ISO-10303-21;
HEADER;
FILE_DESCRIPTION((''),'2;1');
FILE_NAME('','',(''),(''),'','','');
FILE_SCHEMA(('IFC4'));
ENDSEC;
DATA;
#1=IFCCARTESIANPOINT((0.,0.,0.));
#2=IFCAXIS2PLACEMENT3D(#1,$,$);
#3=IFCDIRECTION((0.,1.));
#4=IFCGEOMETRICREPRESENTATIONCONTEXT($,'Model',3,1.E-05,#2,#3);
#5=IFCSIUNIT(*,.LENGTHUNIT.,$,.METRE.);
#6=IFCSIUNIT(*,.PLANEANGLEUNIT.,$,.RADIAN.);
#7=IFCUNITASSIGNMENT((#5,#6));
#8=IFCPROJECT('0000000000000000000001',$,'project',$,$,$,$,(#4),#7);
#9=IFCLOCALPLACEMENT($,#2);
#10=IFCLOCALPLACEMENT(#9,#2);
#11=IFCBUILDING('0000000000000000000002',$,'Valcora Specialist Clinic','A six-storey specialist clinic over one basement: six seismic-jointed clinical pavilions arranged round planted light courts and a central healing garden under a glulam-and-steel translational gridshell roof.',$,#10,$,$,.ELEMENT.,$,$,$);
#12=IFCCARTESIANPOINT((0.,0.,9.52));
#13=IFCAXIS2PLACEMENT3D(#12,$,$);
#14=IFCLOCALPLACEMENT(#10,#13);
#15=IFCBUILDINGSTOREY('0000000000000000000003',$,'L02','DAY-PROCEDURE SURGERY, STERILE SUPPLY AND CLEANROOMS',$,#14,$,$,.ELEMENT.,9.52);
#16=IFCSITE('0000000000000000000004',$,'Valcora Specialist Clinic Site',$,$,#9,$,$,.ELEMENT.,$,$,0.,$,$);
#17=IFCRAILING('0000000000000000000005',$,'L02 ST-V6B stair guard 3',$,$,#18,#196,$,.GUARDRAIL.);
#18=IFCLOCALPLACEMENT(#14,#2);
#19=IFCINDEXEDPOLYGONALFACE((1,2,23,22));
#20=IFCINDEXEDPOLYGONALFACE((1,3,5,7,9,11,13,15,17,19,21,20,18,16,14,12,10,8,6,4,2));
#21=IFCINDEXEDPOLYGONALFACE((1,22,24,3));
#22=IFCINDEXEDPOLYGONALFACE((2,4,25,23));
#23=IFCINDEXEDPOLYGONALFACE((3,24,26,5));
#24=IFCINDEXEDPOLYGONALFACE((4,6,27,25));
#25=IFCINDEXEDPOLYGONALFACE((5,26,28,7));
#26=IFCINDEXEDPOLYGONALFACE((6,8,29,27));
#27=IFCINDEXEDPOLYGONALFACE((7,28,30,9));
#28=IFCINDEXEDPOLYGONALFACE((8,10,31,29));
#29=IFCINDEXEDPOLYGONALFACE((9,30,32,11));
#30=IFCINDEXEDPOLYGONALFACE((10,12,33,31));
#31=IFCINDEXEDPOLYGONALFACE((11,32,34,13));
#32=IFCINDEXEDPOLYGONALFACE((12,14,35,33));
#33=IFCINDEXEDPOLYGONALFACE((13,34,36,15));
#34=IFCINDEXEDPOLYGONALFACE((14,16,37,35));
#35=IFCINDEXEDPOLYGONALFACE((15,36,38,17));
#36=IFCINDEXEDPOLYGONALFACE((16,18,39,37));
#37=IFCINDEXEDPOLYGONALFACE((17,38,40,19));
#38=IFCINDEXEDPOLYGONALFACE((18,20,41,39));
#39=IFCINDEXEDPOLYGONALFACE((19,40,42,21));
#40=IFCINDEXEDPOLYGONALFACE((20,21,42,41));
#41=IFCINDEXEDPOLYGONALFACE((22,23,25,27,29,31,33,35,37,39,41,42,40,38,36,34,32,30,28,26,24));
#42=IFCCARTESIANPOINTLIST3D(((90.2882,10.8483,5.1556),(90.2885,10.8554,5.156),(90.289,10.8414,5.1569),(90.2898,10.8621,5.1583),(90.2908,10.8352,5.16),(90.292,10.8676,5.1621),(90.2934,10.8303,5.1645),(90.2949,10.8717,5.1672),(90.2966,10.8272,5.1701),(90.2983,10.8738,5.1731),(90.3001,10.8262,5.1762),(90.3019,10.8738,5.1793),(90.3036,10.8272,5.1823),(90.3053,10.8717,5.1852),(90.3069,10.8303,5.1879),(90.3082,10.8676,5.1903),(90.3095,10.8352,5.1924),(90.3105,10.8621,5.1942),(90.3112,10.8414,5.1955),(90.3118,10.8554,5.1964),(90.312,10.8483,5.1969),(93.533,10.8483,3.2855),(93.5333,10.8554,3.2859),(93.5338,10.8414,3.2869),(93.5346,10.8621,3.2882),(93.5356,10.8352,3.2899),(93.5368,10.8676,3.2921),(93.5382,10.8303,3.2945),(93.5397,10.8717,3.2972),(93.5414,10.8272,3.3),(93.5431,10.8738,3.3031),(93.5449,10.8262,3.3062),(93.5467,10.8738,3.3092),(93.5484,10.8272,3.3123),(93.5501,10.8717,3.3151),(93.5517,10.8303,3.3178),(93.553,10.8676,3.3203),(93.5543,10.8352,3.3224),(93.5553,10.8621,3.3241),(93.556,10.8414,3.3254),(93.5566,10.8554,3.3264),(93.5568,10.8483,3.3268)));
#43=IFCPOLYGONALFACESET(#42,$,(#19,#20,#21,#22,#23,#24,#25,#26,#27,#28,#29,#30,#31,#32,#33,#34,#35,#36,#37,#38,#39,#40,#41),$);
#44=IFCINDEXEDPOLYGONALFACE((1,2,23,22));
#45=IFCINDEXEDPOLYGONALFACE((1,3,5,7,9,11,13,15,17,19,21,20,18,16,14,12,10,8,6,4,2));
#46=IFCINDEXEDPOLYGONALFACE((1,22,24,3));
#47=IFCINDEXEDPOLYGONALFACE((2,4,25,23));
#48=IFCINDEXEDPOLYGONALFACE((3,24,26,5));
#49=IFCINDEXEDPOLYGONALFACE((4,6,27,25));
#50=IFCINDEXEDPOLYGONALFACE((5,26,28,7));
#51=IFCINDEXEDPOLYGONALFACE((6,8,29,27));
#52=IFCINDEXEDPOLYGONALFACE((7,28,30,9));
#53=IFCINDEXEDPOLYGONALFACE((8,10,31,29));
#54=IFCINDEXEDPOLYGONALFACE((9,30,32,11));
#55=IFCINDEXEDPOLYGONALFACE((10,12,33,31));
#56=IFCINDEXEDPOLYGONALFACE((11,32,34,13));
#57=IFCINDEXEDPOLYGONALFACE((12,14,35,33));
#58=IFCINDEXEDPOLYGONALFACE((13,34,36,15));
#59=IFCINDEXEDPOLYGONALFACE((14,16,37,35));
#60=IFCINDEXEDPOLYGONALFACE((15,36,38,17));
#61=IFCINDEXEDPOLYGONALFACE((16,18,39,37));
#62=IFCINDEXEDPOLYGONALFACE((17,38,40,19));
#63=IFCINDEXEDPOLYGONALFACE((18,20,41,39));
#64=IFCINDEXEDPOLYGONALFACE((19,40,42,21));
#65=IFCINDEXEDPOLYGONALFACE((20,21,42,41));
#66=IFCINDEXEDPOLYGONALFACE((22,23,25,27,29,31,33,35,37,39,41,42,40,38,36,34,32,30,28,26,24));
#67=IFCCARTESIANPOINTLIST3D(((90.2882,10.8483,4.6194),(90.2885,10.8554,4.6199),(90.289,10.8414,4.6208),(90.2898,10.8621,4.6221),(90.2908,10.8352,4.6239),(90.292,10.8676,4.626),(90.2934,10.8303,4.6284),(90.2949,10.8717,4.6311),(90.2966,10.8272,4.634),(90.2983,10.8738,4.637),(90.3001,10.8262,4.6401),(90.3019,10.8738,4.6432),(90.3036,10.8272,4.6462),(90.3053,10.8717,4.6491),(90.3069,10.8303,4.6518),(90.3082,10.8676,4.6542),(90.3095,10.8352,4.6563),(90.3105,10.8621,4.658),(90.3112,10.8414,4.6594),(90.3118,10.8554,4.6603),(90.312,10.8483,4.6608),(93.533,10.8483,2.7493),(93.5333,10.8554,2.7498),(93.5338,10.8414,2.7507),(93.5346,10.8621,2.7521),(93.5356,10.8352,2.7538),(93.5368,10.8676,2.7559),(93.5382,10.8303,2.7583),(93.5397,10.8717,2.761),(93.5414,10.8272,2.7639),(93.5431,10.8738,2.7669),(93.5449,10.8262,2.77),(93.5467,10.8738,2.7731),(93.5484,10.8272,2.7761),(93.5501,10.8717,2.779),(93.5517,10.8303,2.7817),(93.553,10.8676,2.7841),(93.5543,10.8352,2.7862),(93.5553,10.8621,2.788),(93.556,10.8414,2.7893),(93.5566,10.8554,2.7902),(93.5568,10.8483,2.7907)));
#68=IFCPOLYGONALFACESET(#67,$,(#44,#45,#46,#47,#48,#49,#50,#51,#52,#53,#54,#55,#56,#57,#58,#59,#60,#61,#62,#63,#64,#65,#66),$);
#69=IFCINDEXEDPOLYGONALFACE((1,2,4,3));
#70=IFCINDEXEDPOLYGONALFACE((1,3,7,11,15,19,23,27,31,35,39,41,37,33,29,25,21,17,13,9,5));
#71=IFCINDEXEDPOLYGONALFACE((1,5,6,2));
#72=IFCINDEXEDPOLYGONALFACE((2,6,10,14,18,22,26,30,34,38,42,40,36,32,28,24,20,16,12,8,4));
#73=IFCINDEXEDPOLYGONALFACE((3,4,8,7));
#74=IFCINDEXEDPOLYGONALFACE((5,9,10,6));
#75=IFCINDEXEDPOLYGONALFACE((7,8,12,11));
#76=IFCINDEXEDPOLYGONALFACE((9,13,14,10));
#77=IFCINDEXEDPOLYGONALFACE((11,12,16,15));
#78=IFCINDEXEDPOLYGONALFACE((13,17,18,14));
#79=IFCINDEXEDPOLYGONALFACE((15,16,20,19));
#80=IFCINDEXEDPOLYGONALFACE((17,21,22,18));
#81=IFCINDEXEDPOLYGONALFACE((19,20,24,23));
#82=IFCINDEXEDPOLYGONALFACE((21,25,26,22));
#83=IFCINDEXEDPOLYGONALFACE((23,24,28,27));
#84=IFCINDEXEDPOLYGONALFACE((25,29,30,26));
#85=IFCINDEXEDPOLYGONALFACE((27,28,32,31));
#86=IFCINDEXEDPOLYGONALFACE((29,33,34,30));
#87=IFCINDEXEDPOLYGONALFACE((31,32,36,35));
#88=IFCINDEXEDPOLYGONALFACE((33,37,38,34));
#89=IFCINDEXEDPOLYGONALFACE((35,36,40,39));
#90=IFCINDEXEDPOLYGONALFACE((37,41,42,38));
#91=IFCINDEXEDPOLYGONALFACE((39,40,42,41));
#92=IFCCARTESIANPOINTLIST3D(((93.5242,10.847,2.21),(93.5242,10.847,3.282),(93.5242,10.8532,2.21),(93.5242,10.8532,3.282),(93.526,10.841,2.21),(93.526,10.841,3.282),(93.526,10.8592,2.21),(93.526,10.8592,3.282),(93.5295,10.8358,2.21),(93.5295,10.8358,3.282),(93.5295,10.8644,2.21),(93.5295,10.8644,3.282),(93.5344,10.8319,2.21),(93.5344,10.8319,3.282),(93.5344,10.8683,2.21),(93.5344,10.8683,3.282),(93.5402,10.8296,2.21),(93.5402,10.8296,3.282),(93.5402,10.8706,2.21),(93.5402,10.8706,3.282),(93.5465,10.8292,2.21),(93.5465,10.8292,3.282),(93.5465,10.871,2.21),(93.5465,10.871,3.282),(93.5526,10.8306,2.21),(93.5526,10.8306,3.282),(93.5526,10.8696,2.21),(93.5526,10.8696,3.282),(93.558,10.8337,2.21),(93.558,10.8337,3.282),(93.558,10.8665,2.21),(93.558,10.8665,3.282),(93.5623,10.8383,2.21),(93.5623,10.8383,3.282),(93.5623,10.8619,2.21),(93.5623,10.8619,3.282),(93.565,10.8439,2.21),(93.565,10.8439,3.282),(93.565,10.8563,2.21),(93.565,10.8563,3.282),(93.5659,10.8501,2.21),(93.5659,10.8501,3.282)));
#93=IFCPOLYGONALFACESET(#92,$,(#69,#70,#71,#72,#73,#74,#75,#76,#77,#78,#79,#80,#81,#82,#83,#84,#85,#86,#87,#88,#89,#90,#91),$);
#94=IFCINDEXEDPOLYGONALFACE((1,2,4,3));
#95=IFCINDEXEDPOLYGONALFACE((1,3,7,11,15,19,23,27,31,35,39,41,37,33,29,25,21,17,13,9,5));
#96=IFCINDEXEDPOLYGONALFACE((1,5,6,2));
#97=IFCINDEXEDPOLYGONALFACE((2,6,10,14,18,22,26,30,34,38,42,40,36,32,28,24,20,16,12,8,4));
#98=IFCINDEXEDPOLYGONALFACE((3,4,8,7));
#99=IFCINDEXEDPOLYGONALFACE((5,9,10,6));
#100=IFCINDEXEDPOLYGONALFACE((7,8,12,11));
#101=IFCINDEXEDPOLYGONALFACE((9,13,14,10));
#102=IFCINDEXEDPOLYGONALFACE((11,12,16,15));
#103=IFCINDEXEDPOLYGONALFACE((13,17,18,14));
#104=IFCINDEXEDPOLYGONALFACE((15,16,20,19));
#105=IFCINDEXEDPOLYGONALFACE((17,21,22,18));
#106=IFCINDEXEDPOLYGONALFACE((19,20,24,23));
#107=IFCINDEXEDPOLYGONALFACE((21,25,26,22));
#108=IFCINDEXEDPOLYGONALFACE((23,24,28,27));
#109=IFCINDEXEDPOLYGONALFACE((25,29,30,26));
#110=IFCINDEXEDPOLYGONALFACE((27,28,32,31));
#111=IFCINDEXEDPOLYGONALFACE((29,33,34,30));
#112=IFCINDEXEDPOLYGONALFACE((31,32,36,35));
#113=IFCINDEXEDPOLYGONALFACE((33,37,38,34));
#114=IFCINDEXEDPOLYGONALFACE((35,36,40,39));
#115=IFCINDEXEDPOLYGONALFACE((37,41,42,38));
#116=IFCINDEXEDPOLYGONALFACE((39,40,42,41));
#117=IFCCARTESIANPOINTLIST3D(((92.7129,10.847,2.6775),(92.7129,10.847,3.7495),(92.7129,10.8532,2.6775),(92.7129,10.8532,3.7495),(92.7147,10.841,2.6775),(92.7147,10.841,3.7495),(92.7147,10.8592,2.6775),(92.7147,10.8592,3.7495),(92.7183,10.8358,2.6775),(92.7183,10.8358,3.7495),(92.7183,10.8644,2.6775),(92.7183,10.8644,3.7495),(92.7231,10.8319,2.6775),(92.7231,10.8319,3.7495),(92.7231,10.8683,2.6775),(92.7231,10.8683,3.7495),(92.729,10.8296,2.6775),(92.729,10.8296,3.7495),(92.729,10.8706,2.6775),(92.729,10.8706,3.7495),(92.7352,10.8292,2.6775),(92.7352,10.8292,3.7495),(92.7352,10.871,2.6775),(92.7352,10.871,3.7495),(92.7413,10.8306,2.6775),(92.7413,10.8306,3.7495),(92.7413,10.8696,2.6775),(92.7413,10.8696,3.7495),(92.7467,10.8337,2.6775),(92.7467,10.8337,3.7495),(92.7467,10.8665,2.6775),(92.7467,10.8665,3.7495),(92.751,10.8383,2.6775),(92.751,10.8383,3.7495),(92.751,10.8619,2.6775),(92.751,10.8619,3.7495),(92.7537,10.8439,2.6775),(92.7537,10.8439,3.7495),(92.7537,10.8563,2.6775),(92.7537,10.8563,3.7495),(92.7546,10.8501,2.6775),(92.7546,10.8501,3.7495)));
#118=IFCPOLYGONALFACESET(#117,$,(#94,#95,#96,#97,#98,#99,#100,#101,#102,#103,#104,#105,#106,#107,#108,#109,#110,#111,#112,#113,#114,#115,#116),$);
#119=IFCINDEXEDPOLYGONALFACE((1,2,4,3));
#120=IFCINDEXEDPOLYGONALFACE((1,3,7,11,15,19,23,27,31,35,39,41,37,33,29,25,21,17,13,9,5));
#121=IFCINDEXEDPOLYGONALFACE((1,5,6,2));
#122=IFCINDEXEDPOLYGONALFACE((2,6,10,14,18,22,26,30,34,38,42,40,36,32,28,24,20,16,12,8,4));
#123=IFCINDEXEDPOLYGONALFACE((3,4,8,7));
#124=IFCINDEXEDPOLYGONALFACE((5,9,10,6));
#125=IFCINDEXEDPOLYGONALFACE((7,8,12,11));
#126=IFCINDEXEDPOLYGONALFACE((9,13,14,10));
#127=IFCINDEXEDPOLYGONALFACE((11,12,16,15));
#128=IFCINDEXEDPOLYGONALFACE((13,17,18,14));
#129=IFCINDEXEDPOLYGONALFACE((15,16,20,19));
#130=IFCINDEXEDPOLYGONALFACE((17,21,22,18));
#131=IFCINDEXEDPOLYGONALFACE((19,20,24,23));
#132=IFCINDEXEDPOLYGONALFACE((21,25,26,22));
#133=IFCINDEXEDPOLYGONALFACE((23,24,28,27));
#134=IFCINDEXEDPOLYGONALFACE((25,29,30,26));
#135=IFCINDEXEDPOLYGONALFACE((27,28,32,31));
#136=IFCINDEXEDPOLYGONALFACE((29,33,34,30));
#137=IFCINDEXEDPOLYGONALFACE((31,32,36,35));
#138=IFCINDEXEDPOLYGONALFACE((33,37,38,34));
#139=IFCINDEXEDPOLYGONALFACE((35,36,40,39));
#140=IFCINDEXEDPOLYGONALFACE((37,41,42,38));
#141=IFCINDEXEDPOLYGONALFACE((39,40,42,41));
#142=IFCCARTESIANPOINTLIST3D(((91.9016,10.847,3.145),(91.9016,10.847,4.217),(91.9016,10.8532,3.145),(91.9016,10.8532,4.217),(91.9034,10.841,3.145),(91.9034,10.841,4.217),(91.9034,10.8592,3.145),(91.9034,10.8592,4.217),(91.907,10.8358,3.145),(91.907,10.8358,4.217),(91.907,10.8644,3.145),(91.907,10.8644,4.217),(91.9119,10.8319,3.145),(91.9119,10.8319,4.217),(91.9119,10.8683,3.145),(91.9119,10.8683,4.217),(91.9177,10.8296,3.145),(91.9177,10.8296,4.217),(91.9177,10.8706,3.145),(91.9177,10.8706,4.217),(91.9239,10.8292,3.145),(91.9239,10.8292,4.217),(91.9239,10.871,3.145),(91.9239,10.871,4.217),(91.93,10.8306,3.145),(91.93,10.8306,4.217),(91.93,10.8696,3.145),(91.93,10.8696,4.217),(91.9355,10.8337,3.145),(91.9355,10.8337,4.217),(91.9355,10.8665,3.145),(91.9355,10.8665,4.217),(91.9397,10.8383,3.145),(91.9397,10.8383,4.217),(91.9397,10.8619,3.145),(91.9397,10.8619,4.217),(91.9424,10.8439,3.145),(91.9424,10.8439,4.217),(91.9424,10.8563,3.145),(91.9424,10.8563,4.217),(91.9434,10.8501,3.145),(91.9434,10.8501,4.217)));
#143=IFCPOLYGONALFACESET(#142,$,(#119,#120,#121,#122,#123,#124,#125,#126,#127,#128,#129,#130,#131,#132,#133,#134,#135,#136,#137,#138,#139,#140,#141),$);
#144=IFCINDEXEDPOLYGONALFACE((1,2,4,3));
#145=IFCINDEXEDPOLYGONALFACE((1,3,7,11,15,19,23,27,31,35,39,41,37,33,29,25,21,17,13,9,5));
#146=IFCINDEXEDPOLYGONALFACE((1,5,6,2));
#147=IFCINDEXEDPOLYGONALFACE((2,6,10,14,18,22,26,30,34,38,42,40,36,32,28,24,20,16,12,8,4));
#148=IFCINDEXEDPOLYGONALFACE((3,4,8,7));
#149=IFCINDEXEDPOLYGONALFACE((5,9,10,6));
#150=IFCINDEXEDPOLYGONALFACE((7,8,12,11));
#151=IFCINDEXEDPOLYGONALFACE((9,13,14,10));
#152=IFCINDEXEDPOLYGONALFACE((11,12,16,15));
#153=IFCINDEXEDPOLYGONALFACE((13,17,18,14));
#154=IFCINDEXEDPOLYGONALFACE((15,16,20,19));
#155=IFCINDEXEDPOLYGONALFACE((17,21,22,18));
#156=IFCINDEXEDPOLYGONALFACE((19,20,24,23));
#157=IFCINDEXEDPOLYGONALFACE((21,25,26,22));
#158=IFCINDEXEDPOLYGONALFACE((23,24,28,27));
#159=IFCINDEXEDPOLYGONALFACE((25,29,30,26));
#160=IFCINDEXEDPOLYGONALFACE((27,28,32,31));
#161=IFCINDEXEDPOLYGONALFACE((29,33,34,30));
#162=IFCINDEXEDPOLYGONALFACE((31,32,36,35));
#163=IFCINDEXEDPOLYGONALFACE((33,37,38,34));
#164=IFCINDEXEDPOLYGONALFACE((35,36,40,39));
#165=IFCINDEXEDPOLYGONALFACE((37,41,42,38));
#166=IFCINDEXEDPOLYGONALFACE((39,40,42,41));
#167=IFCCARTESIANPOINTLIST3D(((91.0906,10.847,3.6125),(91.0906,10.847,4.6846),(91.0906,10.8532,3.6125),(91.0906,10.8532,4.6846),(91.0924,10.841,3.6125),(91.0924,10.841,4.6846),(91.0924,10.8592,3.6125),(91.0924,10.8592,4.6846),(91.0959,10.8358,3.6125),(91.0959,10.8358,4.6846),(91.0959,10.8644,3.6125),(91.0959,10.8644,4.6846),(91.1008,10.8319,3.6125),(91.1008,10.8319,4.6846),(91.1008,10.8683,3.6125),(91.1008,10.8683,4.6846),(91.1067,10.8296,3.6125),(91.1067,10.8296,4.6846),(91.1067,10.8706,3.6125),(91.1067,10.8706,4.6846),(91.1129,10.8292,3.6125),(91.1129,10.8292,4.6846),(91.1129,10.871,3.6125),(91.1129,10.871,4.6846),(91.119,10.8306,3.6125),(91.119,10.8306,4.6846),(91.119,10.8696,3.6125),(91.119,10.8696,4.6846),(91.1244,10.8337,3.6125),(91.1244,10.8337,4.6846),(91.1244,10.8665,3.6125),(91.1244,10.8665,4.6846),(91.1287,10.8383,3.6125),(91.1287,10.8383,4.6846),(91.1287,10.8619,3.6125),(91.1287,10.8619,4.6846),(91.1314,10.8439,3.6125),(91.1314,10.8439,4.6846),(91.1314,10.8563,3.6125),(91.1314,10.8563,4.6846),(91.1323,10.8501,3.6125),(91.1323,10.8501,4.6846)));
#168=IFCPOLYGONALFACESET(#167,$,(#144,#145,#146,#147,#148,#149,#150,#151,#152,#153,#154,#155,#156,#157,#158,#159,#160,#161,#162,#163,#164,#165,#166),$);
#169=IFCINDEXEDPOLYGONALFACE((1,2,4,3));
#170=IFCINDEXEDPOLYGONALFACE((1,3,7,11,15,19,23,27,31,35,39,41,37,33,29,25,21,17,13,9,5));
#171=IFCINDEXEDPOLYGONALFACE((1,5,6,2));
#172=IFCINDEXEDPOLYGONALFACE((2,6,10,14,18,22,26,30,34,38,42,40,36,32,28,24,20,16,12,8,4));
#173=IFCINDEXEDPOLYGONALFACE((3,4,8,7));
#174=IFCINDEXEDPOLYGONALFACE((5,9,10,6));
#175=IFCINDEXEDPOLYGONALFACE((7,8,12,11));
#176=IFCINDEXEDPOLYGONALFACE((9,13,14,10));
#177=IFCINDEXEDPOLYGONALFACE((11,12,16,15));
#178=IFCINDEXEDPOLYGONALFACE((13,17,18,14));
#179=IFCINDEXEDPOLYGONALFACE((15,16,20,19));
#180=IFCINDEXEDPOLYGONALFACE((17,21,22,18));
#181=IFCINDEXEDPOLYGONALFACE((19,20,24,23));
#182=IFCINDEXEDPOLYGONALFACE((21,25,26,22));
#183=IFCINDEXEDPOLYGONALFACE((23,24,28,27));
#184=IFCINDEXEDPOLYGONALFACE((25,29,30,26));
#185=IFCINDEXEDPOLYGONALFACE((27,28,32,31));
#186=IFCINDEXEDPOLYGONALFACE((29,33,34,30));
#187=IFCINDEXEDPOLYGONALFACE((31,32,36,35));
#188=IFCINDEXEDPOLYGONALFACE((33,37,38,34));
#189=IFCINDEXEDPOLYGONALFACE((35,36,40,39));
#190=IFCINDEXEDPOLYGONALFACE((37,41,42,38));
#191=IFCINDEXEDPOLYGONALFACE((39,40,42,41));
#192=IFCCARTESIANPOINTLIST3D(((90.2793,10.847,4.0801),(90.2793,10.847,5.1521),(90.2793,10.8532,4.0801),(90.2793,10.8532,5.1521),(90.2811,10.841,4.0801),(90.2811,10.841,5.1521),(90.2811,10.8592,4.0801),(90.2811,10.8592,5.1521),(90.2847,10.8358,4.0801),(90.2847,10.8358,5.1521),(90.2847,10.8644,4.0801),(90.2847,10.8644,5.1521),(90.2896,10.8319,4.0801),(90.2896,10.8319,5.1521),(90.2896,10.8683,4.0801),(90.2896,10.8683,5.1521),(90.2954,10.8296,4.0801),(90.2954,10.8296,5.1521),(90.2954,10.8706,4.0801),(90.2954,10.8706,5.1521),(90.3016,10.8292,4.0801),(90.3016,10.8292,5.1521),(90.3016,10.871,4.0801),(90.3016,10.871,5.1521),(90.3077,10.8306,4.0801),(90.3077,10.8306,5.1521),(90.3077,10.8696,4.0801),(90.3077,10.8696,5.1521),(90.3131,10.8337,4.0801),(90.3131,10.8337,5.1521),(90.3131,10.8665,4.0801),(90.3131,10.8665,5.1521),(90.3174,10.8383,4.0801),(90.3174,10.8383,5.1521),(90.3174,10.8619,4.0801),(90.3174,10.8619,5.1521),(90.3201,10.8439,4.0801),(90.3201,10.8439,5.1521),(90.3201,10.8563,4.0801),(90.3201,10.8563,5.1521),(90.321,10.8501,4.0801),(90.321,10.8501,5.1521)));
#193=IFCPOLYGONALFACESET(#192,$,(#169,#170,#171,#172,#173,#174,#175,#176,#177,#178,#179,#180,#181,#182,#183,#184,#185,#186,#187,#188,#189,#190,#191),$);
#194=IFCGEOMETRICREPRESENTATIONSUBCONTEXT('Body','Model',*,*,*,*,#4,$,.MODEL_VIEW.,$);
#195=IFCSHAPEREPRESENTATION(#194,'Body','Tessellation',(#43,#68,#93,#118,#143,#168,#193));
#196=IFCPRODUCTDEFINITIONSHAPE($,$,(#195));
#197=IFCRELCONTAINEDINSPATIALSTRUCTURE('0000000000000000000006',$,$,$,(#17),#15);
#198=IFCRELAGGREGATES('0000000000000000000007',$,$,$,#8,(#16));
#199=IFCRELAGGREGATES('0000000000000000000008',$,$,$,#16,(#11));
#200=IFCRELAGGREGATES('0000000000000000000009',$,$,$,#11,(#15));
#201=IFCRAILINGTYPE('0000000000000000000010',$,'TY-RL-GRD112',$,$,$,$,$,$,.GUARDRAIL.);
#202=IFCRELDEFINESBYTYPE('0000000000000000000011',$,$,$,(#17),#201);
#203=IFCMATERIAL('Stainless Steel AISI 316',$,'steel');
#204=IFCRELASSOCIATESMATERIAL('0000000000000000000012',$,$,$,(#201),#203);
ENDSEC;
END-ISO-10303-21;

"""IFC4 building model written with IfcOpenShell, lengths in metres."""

from ifc_helpers import new_model, si_unit, direction, frame, origin, origin_2d, place, context, subcontext, project, spatial, circle, extrude, material, type_object, element, save


model = new_model("IFC4")

# Units and contexts
model_context = context("Model", 3, precision=1e-05, world=origin(), true_north=direction((0.0, 1.0)))
body_context = subcontext(model_context, "Body", "Model", "MODEL_VIEW")
ifc_project = project(units=[si_unit("LENGTHUNIT", "METRE"), si_unit("PLANEANGLEUNIT", "RADIAN")], contexts=[model_context])

# Site, building, storey
site_placement = place(None, origin())
site = spatial("IfcSite", under=ifc_project, at=site_placement, Name="Valcora Specialist Clinic Site", CompositionType="ELEMENT", RefElevation=0.0)
building_placement = place(site_placement, origin())
building = spatial("IfcBuilding", under=site, at=building_placement, Name="Valcora Specialist Clinic", Description="A six-storey specialist clinic over one basement: six seismic-jointed clinical pavilions arranged round planted light courts and a central healing garden under a glulam-and-steel translational gridshell roof.", CompositionType="ELEMENT")
storey_placement = place(building_placement, frame((0.0, 0.0, 9.52)))
storey = spatial("IfcBuildingStorey", under=building, at=storey_placement, Name="L02", Description="DAY-PROCEDURE SURGERY, STERILE SUPPLY AND CLEANROOMS", CompositionType="ELEMENT", Elevation=9.52)

# Shared definitions
ifc_material_1 = material(Name="Stainless Steel AISI 316", Category="steel")

# Railing
railing_type_1 = type_object("IfcRailingType", Name="TY-RL-GRD112", PredefinedType="GUARDRAIL", material=ifc_material_1)
railing_1_placement = place(storey_placement, frame((93.5449, 10.8501, 2.21)))
element("IfcRailing", 1, at=railing_1_placement, inside=storey, type_object=railing_type_1, Name="L02 ST-V6B stair guard 3", PredefinedType="GUARDRAIL", context=body_context, shape_type="SweptSolid", body=[
    extrude(circle(Radius=0.0239, at=origin_2d()), frame((0.0, 0.0, 1.0962), z_axis=(-0.866408, 0.0, 0.499337), x_axis=(0.0, -1.0, 0.0)), (0.0, 0.0, 1.0), 3.7451),
    extrude(circle(Radius=0.0239, at=origin_2d()), frame((0.0, 0.0, 0.5601), z_axis=(-0.866408, 0.0, 0.499337), x_axis=(0.0, -1.0, 0.0)), (0.0, 0.0, 1.0), 3.7451),
    extrude(circle(Radius=0.021, at=origin_2d()), origin(), (0.0, 0.0, 1.0), 1.072),
    extrude(circle(Radius=0.021, at=origin_2d()), frame((-0.8113, 0.0, 0.4675)), (0.0, 0.0, 1.0), 1.072),
    extrude(circle(Radius=0.021, at=origin_2d()), frame((-1.6226, 0.0, 0.9351)), (0.0, 0.0, 1.0), 1.072),
    extrude(circle(Radius=0.021, at=origin_2d()), frame((-2.4336, 0.0, 1.4026)), (0.0, 0.0, 1.0), 1.072),
    extrude(circle(Radius=0.021, at=origin_2d()), frame((-3.2449, 0.0, 1.8701)), (0.0, 0.0, 1.0), 1.072),
])

save(model, "model.ifc")
